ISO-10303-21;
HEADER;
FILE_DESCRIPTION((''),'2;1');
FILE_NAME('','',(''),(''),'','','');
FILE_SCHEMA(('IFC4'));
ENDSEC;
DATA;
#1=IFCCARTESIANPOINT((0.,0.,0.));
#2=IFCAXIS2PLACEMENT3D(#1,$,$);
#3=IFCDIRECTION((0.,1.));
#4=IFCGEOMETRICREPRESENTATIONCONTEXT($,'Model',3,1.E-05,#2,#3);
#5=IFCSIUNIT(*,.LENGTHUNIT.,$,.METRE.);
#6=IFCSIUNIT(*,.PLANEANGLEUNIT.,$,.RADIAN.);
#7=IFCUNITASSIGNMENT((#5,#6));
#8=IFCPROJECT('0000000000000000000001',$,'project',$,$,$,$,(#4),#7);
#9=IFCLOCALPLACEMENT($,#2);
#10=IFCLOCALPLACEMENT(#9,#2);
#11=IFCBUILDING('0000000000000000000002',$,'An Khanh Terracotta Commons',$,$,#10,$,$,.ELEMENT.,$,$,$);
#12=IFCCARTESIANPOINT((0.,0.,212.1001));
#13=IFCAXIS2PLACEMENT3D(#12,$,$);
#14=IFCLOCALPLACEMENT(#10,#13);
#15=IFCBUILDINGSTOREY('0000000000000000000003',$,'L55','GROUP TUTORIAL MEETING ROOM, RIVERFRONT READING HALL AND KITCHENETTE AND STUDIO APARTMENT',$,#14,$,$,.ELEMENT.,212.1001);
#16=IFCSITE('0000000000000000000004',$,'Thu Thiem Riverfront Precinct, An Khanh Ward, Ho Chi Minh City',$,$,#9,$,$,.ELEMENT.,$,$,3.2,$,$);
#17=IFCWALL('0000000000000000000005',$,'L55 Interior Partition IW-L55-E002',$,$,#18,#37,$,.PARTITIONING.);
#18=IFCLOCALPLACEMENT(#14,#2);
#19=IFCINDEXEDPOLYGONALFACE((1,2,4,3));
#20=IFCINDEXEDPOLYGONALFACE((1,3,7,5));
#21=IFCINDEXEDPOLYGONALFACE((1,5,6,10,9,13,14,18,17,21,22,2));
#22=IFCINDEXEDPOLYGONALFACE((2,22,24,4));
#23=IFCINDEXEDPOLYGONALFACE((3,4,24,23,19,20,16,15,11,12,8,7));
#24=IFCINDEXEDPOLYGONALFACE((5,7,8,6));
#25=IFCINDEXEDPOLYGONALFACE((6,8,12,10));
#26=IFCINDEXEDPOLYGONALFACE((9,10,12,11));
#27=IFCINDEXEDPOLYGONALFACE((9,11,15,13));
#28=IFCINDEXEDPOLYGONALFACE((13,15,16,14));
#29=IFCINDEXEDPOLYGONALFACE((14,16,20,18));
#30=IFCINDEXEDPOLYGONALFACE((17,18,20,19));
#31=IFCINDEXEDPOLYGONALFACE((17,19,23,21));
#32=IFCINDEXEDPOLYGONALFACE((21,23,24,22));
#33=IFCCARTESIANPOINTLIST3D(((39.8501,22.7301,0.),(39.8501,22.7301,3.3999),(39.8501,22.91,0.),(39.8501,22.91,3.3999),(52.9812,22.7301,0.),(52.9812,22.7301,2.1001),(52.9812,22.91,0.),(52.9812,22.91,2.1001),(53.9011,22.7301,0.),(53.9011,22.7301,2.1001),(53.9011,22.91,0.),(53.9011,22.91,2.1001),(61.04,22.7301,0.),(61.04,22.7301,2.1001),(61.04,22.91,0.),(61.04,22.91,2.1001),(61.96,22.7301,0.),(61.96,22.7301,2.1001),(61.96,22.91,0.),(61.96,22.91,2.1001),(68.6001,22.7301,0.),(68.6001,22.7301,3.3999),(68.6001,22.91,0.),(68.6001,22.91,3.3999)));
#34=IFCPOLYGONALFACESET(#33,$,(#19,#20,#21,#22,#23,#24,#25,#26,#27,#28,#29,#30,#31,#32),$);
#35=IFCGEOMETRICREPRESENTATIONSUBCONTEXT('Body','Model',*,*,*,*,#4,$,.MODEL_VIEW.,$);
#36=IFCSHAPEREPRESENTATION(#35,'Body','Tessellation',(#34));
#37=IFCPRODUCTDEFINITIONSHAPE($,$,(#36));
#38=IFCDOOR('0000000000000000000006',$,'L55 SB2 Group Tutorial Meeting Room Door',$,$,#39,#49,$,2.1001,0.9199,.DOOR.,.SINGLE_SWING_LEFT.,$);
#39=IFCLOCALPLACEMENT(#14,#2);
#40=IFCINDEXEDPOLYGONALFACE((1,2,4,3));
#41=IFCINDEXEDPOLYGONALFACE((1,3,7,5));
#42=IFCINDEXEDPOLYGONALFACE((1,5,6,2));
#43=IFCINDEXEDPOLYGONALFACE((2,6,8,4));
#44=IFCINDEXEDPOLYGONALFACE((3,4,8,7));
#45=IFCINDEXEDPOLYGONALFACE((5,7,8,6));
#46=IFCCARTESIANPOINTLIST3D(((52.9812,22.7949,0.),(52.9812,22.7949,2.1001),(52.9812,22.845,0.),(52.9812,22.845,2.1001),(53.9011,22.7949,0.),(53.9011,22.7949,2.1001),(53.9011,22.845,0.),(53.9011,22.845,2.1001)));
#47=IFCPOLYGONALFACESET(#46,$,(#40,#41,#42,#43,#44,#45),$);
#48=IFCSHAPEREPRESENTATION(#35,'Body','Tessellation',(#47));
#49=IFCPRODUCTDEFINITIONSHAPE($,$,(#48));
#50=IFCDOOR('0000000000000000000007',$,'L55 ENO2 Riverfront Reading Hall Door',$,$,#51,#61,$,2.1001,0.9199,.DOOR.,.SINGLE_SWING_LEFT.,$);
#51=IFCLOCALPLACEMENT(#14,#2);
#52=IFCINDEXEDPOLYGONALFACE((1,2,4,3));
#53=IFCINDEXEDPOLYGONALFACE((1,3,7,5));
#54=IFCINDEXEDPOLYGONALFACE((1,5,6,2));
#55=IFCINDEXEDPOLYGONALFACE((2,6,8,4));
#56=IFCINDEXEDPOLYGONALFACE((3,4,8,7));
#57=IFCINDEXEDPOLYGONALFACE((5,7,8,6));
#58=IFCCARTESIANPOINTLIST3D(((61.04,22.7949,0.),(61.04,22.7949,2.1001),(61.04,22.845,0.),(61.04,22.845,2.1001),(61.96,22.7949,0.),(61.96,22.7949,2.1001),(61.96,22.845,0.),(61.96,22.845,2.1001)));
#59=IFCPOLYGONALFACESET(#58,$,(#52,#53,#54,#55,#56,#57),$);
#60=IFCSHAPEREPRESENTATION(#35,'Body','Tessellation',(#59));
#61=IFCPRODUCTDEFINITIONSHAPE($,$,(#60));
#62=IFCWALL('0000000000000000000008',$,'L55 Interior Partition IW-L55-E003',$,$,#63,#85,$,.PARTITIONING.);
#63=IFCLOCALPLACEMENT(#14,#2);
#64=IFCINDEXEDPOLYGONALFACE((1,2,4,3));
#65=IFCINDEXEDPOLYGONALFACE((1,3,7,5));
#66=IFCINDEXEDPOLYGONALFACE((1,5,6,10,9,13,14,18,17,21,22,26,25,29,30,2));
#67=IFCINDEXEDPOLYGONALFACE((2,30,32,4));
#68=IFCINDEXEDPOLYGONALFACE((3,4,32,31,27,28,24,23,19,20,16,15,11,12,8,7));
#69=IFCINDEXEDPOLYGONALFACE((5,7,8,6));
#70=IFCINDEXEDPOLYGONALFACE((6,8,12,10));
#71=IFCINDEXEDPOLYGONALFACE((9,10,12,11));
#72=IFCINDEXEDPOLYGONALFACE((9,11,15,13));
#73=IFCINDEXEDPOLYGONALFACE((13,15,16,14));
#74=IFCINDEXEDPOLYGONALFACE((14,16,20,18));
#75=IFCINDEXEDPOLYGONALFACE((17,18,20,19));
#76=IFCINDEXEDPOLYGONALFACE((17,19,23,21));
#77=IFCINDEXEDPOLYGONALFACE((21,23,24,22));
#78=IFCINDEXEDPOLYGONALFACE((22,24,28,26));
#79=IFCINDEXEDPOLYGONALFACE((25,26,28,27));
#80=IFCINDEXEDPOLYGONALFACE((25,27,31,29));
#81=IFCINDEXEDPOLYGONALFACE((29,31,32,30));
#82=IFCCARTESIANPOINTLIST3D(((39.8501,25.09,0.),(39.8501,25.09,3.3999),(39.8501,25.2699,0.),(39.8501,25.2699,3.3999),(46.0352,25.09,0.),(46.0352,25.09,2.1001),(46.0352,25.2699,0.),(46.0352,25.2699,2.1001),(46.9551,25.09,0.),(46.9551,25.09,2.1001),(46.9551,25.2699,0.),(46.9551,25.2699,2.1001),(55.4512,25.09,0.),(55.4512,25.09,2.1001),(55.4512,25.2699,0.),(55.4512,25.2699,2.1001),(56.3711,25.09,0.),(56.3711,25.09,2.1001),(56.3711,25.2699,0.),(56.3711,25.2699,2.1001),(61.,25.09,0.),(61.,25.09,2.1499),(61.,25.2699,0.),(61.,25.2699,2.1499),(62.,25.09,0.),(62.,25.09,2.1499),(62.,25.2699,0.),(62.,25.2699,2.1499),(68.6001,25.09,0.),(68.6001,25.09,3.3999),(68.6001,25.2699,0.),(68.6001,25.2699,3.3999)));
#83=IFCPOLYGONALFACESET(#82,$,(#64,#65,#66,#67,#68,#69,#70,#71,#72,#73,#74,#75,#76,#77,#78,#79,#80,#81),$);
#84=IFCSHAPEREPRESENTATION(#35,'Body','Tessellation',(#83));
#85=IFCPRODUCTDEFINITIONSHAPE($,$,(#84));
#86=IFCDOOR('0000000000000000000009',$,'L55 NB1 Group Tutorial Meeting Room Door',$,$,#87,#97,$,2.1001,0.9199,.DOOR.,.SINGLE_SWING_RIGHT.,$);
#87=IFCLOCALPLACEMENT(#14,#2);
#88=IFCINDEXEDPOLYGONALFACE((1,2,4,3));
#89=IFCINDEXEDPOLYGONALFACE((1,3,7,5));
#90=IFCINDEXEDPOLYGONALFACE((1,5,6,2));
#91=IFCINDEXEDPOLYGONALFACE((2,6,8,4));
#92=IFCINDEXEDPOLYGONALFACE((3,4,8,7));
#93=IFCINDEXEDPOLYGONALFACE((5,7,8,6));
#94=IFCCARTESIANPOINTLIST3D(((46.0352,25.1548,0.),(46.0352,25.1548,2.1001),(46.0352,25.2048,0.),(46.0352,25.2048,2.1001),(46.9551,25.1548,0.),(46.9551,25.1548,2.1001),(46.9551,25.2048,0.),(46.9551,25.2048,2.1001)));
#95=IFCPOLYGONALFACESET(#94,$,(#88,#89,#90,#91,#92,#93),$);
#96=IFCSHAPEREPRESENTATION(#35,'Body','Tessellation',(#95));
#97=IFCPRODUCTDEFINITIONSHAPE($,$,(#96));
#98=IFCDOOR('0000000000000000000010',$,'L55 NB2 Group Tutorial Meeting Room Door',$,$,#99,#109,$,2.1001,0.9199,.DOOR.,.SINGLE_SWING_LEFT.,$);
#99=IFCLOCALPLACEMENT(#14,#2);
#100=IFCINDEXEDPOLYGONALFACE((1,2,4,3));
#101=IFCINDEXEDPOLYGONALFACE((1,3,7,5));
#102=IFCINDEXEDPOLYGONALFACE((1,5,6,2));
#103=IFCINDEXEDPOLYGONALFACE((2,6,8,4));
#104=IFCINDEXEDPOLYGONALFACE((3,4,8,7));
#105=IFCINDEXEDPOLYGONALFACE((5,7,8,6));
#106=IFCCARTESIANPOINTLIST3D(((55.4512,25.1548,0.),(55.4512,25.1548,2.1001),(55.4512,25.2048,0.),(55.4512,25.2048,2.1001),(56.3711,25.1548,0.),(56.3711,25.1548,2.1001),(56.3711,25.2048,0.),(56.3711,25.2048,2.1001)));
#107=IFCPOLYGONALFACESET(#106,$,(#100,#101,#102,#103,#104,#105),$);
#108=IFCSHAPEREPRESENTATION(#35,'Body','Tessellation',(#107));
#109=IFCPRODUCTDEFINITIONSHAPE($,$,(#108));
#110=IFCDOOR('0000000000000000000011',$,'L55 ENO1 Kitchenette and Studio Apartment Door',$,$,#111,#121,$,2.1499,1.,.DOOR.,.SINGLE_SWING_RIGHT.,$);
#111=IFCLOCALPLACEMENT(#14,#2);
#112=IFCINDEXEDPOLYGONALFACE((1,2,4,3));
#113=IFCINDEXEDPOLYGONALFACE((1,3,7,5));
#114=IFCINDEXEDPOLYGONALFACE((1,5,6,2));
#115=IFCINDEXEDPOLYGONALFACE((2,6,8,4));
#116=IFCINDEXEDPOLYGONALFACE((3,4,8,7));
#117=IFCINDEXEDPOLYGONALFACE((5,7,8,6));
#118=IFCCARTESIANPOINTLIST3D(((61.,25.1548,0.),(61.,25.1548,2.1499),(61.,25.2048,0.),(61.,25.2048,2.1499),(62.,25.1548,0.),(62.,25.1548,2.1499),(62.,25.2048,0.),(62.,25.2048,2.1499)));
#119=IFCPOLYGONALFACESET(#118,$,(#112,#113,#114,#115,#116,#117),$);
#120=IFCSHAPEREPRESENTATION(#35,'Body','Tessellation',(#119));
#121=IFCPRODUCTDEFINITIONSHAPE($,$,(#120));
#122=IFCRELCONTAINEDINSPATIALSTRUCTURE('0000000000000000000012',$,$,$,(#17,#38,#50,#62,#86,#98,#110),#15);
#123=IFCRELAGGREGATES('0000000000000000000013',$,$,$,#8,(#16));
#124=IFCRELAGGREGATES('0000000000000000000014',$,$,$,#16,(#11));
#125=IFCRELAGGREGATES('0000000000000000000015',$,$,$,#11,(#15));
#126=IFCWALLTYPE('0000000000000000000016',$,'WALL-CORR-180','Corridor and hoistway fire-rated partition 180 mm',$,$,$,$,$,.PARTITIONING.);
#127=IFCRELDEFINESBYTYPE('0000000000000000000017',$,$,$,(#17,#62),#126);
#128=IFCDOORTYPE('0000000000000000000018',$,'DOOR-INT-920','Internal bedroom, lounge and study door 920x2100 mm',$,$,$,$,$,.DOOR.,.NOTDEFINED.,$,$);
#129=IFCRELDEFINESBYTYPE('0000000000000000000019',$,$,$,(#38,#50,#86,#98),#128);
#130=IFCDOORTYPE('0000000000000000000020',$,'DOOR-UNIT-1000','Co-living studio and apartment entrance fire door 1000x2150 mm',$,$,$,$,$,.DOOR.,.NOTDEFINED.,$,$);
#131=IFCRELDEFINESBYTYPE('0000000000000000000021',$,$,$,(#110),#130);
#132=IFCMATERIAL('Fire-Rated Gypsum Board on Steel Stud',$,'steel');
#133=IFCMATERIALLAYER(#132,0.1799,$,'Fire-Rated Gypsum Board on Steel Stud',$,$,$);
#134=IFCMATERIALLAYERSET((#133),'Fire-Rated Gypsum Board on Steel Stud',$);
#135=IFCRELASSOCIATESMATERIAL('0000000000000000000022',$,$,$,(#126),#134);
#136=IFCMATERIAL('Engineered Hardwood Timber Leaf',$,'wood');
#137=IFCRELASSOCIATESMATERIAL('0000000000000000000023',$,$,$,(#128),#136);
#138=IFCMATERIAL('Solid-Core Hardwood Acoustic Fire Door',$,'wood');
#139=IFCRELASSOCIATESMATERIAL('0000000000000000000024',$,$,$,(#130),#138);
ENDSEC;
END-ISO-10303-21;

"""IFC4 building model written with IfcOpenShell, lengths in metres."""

from ifc_helpers import new_model, si_unit, direction, frame, frame_2d, origin, place, context, subcontext, project, spatial, rectangle, extrude, material, layer, layer_set, type_object, element, fill, save


model = new_model("IFC4")

# Units and contexts
model_context = context("Model", 3, precision=1e-05, world=origin(), true_north=direction((0.0, 1.0)))
body_context = subcontext(model_context, "Body", "Model", "MODEL_VIEW")
ifc_project = project(units=[si_unit("LENGTHUNIT", "METRE"), si_unit("PLANEANGLEUNIT", "RADIAN")], contexts=[model_context])

# Site, building, storey
site_placement = place(None, origin())
site = spatial("IfcSite", under=ifc_project, at=site_placement, Name="Thu Thiem Riverfront Precinct, An Khanh Ward, Ho Chi Minh City", CompositionType="ELEMENT", RefElevation=3.2)
building_placement = place(site_placement, origin())
building = spatial("IfcBuilding", under=site, at=building_placement, Name="An Khanh Terracotta Commons", CompositionType="ELEMENT")
storey_placement = place(building_placement, frame((0.0, 0.0, 212.1001)))
storey = spatial("IfcBuildingStorey", under=building, at=storey_placement, Name="L55", Description="GROUP TUTORIAL MEETING ROOM, RIVERFRONT READING HALL AND KITCHENETTE AND STUDIO APARTMENT", CompositionType="ELEMENT", Elevation=212.1001)

# Shared definitions
ifc_material_1 = material(Name="Fire-Rated Gypsum Board on Steel Stud", Category="steel")
ifc_layer = layer(ifc_material_1, 0.1799, Name="Fire-Rated Gypsum Board on Steel Stud")
ifc_layer_set = layer_set([ifc_layer], Name="Fire-Rated Gypsum Board on Steel Stud")
wall_type = type_object("IfcWallType", Name="WALL-CORR-180", Description="Corridor and hoistway fire-rated partition 180 mm", PredefinedType="PARTITIONING", material=ifc_layer_set)

# Walls, openings, doors
wall_1_placement = place(storey_placement, frame((39.8501, 22.8201, 0.0), z_axis=(0.0, 0.0, 1.0), x_axis=(1.0, 0.0, 0.0)))
wall_1 = element("IfcWall", 1, at=wall_1_placement, inside=storey, type_object=wall_type, Name="L55 Interior Partition IW-L55-E002", PredefinedType="PARTITIONING", context=body_context, shape_type="SweptSolid", body=[
    extrude(rectangle(XDim=28.75, YDim=0.1799, at=frame_2d((14.375, 0.0))), origin(), (0.0, 0.0, 1.0), 3.3999),
])
opening_1_placement = place(wall_1_placement, frame((13.1311, 0.0, 0.0)))
opening_1 = element("IfcOpeningElement", 2, at=opening_1_placement, cuts=wall_1, PredefinedType="OPENING", context=body_context, shape_type="SweptSolid", body=[
    extrude(rectangle(XDim=0.9199, YDim=2.1001, at=frame_2d((0.46, 1.05))), frame((0.0, 0.0999, 0.0), z_axis=(0.0, -1.0, 0.0), x_axis=(1.0, 0.0, 0.0)), (0.0, 0.0, 1.0), 0.2),
])
opening_2_placement = place(wall_1_placement, frame((21.1899, 0.0, 0.0)))
opening_2 = element("IfcOpeningElement", 3, at=opening_2_placement, cuts=wall_1, PredefinedType="OPENING", context=body_context, shape_type="SweptSolid", body=[
    extrude(rectangle(XDim=0.9199, YDim=2.1001, at=frame_2d((0.46, 1.05))), frame((0.0, 0.0999, 0.0), z_axis=(0.0, -1.0, 0.0), x_axis=(1.0, 0.0, 0.0)), (0.0, 0.0, 1.0), 0.2),
])
ifc_material_2 = material(Name="Engineered Hardwood Timber Leaf", Category="wood")
door_type_1 = type_object("IfcDoorType", Name="DOOR-INT-920", Description="Internal bedroom, lounge and study door 920x2100 mm", OperationType="NOTDEFINED", PredefinedType="DOOR", material=ifc_material_2)
door_1_placement = place(opening_1_placement, origin())
door_1 = element("IfcDoor", 4, at=door_1_placement, inside=storey, type_object=door_type_1, Name="L55 SB2 Group Tutorial Meeting Room Door", OperationType="SINGLE_SWING_LEFT", OverallHeight=2.1001, OverallWidth=0.9199, PredefinedType="DOOR", context=body_context, shape_type="SweptSolid", body=[
    extrude(rectangle(XDim=0.9199, YDim=2.1001, at=frame_2d((0.46, 1.05))), frame((0.0, 0.0249, 0.0), z_axis=(0.0, -1.0, 0.0), x_axis=(1.0, 0.0, 0.0)), (0.0, 0.0, 1.0), 0.05),
])
fill(opening_1, door_1)
door_2_placement = place(opening_2_placement, origin())
door_2 = element("IfcDoor", 5, at=door_2_placement, inside=storey, type_object=door_type_1, Name="L55 ENO2 Riverfront Reading Hall Door", OperationType="SINGLE_SWING_LEFT", OverallHeight=2.1001, OverallWidth=0.9199, PredefinedType="DOOR", context=body_context, shape_type="SweptSolid", body=[
    extrude(rectangle(XDim=0.9199, YDim=2.1001, at=frame_2d((0.46, 1.05))), frame((0.0, 0.0249, 0.0), z_axis=(0.0, -1.0, 0.0), x_axis=(1.0, 0.0, 0.0)), (0.0, 0.0, 1.0), 0.05),
])
fill(opening_2, door_2)
wall_2_placement = place(storey_placement, frame((39.8501, 25.1799, 0.0), z_axis=(0.0, 0.0, 1.0), x_axis=(1.0, 0.0, 0.0)))
wall_2 = element("IfcWall", 6, at=wall_2_placement, inside=storey, type_object=wall_type, Name="L55 Interior Partition IW-L55-E003", PredefinedType="PARTITIONING", context=body_context, shape_type="SweptSolid", body=[
    extrude(rectangle(XDim=28.75, YDim=0.1799, at=frame_2d((14.375, 0.0))), origin(), (0.0, 0.0, 1.0), 3.3999),
])
opening_3_placement = place(wall_2_placement, frame((6.1851, 0.0, 0.0)))
opening_3 = element("IfcOpeningElement", 7, at=opening_3_placement, cuts=wall_2, PredefinedType="OPENING", context=body_context, shape_type="SweptSolid", body=[
    extrude(rectangle(XDim=0.9199, YDim=2.1001, at=frame_2d((0.46, 1.05))), frame((0.0, 0.0999, 0.0), z_axis=(0.0, -1.0, 0.0), x_axis=(1.0, 0.0, 0.0)), (0.0, 0.0, 1.0), 0.2),
])
opening_4_placement = place(wall_2_placement, frame((15.6011, 0.0, 0.0)))
opening_4 = element("IfcOpeningElement", 8, at=opening_4_placement, cuts=wall_2, PredefinedType="OPENING", context=body_context, shape_type="SweptSolid", body=[
    extrude(rectangle(XDim=0.9199, YDim=2.1001, at=frame_2d((0.46, 1.05))), frame((0.0, 0.0999, 0.0), z_axis=(0.0, -1.0, 0.0), x_axis=(1.0, 0.0, 0.0)), (0.0, 0.0, 1.0), 0.2),
])
opening_5_placement = place(wall_2_placement, frame((21.1499, 0.0, 0.0)))
opening_5 = element("IfcOpeningElement", 9, at=opening_5_placement, cuts=wall_2, PredefinedType="OPENING", context=body_context, shape_type="SweptSolid", body=[
    extrude(rectangle(XDim=1.0, YDim=2.1499, at=frame_2d((0.5, 1.075))), frame((0.0, 0.0999, 0.0), z_axis=(0.0, -1.0, 0.0), x_axis=(1.0, 0.0, 0.0)), (0.0, 0.0, 1.0), 0.2),
])
door_3_placement = place(opening_3_placement, origin())
door_3 = element("IfcDoor", 10, at=door_3_placement, inside=storey, type_object=door_type_1, Name="L55 NB1 Group Tutorial Meeting Room Door", OperationType="SINGLE_SWING_RIGHT", OverallHeight=2.1001, OverallWidth=0.9199, PredefinedType="DOOR", context=body_context, shape_type="SweptSolid", body=[
    extrude(rectangle(XDim=0.9199, YDim=2.1001, at=frame_2d((0.46, 1.05))), frame((0.0, 0.0249, 0.0), z_axis=(0.0, -1.0, 0.0), x_axis=(1.0, 0.0, 0.0)), (0.0, 0.0, 1.0), 0.05),
])
fill(opening_3, door_3)
door_4_placement = place(opening_4_placement, origin())
door_4 = element("IfcDoor", 11, at=door_4_placement, inside=storey, type_object=door_type_1, Name="L55 NB2 Group Tutorial Meeting Room Door", OperationType="SINGLE_SWING_LEFT", OverallHeight=2.1001, OverallWidth=0.9199, PredefinedType="DOOR", context=body_context, shape_type="SweptSolid", body=[
    extrude(rectangle(XDim=0.9199, YDim=2.1001, at=frame_2d((0.46, 1.05))), frame((0.0, 0.0249, 0.0), z_axis=(0.0, -1.0, 0.0), x_axis=(1.0, 0.0, 0.0)), (0.0, 0.0, 1.0), 0.05),
])
fill(opening_4, door_4)
ifc_material_3 = material(Name="Solid-Core Hardwood Acoustic Fire Door", Category="wood")
door_type_2 = type_object("IfcDoorType", Name="DOOR-UNIT-1000", Description="Co-living studio and apartment entrance fire door 1000x2150 mm", OperationType="NOTDEFINED", PredefinedType="DOOR", material=ifc_material_3)
door_5_placement = place(opening_5_placement, origin())
door_5 = element("IfcDoor", 12, at=door_5_placement, inside=storey, type_object=door_type_2, Name="L55 ENO1 Kitchenette and Studio Apartment Door", OperationType="SINGLE_SWING_RIGHT", OverallHeight=2.1499, OverallWidth=1.0, PredefinedType="DOOR", context=body_context, shape_type="SweptSolid", body=[
    extrude(rectangle(XDim=1.0, YDim=2.1499, at=frame_2d((0.5, 1.075))), frame((0.0, 0.0249, 0.0), z_axis=(0.0, -1.0, 0.0), x_axis=(1.0, 0.0, 0.0)), (0.0, 0.0, 1.0), 0.05),
])
fill(opening_5, door_5)

save(model, "model.ifc")
